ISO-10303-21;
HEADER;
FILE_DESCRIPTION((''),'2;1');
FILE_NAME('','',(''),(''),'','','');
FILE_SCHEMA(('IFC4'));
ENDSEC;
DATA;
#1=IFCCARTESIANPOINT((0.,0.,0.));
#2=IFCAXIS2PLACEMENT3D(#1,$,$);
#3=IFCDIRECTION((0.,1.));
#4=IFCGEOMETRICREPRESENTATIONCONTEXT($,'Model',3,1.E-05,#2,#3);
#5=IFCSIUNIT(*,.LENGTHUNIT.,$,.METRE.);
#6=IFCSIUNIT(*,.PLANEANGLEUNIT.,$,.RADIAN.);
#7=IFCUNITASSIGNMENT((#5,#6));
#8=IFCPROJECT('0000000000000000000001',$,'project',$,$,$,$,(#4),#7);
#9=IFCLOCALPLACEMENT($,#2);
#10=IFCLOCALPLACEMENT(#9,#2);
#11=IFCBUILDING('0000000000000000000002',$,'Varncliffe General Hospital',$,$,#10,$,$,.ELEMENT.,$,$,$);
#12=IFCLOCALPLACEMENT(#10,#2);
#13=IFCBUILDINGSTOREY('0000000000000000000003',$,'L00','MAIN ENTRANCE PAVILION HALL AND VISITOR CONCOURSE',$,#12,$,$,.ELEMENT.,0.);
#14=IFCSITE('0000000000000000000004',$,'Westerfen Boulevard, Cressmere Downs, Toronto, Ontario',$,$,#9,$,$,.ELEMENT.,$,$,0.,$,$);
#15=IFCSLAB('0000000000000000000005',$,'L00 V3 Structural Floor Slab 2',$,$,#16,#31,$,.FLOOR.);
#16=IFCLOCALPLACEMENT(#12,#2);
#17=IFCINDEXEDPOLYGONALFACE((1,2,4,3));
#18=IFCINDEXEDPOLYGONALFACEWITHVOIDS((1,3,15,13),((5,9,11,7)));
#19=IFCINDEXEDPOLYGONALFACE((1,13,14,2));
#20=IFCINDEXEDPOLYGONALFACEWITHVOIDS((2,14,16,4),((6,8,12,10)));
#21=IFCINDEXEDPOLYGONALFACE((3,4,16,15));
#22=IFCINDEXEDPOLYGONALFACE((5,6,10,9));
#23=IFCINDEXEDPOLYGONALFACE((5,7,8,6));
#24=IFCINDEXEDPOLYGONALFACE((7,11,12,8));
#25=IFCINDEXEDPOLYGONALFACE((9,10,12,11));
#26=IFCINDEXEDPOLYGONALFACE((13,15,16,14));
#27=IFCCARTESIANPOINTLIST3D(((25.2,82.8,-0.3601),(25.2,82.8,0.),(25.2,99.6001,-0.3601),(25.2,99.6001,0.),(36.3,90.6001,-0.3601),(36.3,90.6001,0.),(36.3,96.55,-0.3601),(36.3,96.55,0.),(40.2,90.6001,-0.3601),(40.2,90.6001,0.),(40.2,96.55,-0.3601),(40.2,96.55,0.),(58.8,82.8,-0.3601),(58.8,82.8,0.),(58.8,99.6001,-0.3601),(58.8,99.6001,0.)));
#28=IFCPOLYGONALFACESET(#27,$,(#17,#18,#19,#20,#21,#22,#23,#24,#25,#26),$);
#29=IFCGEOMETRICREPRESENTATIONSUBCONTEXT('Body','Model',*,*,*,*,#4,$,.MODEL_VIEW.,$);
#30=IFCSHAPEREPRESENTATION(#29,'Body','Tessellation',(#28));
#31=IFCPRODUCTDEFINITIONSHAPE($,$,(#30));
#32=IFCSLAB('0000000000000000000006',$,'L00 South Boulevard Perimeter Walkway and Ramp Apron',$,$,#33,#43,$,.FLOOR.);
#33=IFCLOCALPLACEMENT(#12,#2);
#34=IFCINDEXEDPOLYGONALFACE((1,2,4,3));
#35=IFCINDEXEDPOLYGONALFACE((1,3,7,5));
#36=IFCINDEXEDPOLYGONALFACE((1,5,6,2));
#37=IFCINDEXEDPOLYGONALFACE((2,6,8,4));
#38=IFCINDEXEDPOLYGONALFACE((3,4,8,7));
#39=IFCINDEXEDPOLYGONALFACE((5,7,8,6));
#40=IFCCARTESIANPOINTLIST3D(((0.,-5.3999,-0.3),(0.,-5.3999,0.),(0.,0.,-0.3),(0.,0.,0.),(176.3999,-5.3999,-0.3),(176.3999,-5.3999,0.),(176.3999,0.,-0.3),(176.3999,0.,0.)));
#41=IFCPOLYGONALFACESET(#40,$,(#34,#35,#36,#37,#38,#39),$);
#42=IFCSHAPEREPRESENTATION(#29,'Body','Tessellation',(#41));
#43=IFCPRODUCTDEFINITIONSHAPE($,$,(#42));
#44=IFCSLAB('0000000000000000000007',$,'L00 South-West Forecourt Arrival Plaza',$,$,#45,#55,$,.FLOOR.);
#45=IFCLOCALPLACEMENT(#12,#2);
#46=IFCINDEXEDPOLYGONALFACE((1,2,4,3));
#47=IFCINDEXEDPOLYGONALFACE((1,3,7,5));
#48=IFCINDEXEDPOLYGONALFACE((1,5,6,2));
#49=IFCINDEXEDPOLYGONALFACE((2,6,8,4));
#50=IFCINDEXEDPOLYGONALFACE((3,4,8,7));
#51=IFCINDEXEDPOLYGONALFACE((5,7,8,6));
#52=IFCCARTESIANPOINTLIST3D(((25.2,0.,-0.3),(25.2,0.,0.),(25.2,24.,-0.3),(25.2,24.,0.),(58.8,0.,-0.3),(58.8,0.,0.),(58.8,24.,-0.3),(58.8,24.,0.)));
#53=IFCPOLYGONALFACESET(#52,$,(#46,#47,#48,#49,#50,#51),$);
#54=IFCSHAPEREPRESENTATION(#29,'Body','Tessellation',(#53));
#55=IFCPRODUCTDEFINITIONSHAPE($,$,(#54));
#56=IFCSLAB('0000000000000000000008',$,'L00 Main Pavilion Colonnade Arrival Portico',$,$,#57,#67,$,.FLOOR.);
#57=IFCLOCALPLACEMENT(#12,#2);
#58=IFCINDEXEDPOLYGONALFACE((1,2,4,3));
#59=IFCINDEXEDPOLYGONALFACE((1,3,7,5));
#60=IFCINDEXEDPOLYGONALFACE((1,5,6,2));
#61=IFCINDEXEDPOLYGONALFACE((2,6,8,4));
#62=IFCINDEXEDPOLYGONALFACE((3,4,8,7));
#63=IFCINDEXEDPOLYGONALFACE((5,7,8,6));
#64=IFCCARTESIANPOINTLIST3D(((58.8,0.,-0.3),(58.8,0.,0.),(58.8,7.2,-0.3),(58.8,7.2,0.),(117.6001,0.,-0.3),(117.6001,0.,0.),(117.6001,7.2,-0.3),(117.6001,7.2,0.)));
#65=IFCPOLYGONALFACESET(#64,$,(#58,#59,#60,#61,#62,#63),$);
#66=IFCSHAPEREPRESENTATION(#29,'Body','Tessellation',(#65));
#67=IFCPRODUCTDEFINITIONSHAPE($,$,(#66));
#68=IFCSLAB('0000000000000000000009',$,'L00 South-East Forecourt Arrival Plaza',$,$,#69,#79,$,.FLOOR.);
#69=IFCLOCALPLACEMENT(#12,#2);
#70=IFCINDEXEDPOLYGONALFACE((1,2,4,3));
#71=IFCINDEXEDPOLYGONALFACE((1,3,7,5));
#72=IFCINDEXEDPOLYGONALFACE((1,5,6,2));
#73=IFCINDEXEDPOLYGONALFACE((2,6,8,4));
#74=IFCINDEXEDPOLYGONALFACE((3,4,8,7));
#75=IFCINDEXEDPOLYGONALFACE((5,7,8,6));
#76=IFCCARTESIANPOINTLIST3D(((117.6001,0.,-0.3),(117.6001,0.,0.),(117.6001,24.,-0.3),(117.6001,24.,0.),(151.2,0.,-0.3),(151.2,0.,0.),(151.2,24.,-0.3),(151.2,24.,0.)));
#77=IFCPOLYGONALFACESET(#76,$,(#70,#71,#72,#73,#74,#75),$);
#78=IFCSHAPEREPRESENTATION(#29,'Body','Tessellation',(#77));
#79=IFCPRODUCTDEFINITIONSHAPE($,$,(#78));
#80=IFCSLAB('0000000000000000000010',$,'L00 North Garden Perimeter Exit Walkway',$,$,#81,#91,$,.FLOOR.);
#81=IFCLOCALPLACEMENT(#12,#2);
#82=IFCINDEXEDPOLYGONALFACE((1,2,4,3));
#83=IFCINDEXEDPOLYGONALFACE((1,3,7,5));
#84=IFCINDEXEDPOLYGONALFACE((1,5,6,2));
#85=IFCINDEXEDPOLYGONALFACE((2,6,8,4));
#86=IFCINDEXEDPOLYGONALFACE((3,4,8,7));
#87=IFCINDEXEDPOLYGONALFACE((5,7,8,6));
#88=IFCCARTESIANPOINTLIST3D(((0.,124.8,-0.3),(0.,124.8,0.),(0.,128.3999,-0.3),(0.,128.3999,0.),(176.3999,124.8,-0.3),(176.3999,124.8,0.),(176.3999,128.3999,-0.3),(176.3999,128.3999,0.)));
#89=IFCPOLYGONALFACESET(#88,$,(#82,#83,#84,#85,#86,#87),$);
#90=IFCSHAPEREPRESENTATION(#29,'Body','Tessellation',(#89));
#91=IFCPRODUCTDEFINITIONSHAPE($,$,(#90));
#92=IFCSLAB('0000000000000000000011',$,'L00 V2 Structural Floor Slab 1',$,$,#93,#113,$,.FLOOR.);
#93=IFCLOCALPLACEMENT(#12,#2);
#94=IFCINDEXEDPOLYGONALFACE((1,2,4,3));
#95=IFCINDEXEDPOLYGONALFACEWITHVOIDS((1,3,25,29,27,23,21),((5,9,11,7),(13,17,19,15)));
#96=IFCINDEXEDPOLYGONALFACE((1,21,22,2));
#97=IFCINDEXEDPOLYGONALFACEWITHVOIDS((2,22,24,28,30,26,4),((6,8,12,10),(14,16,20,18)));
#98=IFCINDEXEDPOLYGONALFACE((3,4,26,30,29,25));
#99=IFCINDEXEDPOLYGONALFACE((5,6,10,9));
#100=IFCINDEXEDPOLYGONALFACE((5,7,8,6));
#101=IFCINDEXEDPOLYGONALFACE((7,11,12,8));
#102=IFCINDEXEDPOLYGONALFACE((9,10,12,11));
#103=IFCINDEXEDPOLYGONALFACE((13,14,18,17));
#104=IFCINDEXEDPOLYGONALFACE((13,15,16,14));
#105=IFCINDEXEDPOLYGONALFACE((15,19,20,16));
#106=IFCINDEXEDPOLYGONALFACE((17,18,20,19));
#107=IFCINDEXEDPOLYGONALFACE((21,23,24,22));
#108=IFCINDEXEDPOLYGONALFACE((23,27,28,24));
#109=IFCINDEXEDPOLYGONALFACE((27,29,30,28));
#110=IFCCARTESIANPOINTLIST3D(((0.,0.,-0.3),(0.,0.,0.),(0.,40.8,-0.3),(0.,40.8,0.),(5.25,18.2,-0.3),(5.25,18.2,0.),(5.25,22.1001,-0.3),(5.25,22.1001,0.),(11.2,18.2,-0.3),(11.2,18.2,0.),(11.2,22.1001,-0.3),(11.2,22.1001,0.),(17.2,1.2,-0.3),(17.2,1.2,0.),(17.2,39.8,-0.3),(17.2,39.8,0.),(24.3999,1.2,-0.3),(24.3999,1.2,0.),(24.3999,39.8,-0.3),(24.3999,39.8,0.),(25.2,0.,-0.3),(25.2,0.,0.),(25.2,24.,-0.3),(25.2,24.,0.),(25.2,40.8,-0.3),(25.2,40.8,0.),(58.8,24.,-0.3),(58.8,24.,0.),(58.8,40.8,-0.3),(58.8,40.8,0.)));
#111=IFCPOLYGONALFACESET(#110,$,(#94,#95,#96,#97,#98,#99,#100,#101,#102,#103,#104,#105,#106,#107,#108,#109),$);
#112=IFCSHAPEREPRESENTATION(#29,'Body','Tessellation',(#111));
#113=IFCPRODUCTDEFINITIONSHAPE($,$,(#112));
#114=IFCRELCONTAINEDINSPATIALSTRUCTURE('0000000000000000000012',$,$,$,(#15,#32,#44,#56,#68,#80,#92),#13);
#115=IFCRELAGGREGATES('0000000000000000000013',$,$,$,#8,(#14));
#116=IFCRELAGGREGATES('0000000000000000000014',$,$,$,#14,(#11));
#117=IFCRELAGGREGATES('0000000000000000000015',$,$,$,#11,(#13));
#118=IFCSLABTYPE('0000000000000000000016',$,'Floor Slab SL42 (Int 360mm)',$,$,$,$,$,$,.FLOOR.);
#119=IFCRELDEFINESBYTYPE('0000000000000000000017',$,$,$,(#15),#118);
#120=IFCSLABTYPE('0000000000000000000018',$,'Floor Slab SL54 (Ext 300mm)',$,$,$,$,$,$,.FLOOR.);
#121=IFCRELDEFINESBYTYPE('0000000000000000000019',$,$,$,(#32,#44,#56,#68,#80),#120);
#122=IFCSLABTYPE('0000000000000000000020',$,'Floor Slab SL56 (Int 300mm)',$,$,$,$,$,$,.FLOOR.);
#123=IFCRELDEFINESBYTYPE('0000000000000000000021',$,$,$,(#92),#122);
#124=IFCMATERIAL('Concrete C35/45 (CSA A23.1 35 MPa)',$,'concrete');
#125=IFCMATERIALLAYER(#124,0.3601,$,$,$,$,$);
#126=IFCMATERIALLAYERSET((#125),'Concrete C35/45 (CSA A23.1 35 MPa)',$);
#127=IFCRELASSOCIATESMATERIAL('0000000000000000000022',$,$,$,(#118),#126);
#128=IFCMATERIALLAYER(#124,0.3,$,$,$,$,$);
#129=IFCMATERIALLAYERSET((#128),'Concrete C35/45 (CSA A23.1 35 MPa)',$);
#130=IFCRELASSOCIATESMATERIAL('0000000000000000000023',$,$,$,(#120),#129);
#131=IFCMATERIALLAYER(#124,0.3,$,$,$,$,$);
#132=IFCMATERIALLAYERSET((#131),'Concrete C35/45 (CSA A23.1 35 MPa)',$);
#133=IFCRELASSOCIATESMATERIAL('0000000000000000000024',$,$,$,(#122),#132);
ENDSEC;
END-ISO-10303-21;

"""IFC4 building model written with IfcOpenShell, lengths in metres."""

from ifc_helpers import new_model, si_unit, direction, frame, origin, place, context, subcontext, project, spatial, polyline, outline, extrude, material, layer, layer_set, type_object, element, save


model = new_model("IFC4")

# Units and contexts
model_context = context("Model", 3, precision=1e-05, world=origin(), true_north=direction((0.0, 1.0)))
body_context = subcontext(model_context, "Body", "Model", "MODEL_VIEW")
ifc_project = project(units=[si_unit("LENGTHUNIT", "METRE"), si_unit("PLANEANGLEUNIT", "RADIAN")], contexts=[model_context])

# Site, building, storey
site_placement = place(None, origin())
site = spatial("IfcSite", under=ifc_project, at=site_placement, Name="Westerfen Boulevard, Cressmere Downs, Toronto, Ontario", CompositionType="ELEMENT", RefElevation=0.0)
building_placement = place(site_placement, origin())
building = spatial("IfcBuilding", under=site, at=building_placement, Name="Varncliffe General Hospital", CompositionType="ELEMENT")
storey_placement = place(building_placement, origin())
storey = spatial("IfcBuildingStorey", under=building, at=storey_placement, Name="L00", Description="MAIN ENTRANCE PAVILION HALL AND VISITOR CONCOURSE", CompositionType="ELEMENT", Elevation=0.0)

# Shared definitions
ifc_material_1 = material(Name="Concrete C35/45 (CSA A23.1 35 MPa)", Category="concrete")

# Slabs
ifc_layer_1 = layer(ifc_material_1, 0.3601)
ifc_layer_set_1 = layer_set([ifc_layer_1], Name="Concrete C35/45 (CSA A23.1 35 MPa)")
slab_type_1 = type_object("IfcSlabType", Name="Floor Slab SL42 (Int 360mm)", PredefinedType="FLOOR", material=ifc_layer_set_1)
slab_1_placement = place(storey_placement, frame((0.0, 0.0, -0.3601)))
element("IfcSlab", 1, at=slab_1_placement, inside=storey, type_object=slab_type_1, Name="L00 V3 Structural Floor Slab 2", PredefinedType="FLOOR", context=body_context, shape_type="SweptSolid", body=[
    extrude(outline(polyline([(25.2, 99.6001), (58.8, 99.6001), (58.8, 82.8), (25.2, 82.8), (25.2, 99.6001)]), holes=[polyline([(40.2, 90.6001), (40.2, 96.55), (36.3, 96.55), (36.3, 90.6001), (40.2, 90.6001)])]), origin(), (0.0, 0.0, 1.0), 0.3601),
])
ifc_layer_2 = layer(ifc_material_1, 0.3)
ifc_layer_set_2 = layer_set([ifc_layer_2], Name="Concrete C35/45 (CSA A23.1 35 MPa)")
slab_type_2 = type_object("IfcSlabType", Name="Floor Slab SL54 (Ext 300mm)", PredefinedType="FLOOR", material=ifc_layer_set_2)
slab_2_placement = place(storey_placement, frame((0.0, 0.0, -0.3)))
element("IfcSlab", 2, at=slab_2_placement, inside=storey, type_object=slab_type_2, Name="L00 South Boulevard Perimeter Walkway and Ramp Apron", PredefinedType="FLOOR", context=body_context, shape_type="SweptSolid", body=[
    extrude(outline(polyline([(0.0, -5.3999), (176.3999, -5.3999), (176.3999, 0.0), (0.0, 0.0), (0.0, -5.3999)])), origin(), (0.0, 0.0, 1.0), 0.3),
])
slab_3_placement = place(storey_placement, frame((0.0, 0.0, -0.3)))
element("IfcSlab", 3, at=slab_3_placement, inside=storey, type_object=slab_type_2, Name="L00 South-West Forecourt Arrival Plaza", PredefinedType="FLOOR", context=body_context, shape_type="SweptSolid", body=[
    extrude(outline(polyline([(25.2, 0.0), (58.8, 0.0), (58.8, 24.0), (25.2, 24.0), (25.2, 0.0)])), origin(), (0.0, 0.0, 1.0), 0.3),
])
slab_4_placement = place(storey_placement, frame((0.0, 0.0, -0.3)))
element("IfcSlab", 4, at=slab_4_placement, inside=storey, type_object=slab_type_2, Name="L00 Main Pavilion Colonnade Arrival Portico", PredefinedType="FLOOR", context=body_context, shape_type="SweptSolid", body=[
    extrude(outline(polyline([(58.8, 0.0), (117.6001, 0.0), (117.6001, 7.2), (58.8, 7.2), (58.8, 0.0)])), origin(), (0.0, 0.0, 1.0), 0.3),
])
slab_5_placement = place(storey_placement, frame((0.0, 0.0, -0.3)))
element("IfcSlab", 5, at=slab_5_placement, inside=storey, type_object=slab_type_2, Name="L00 South-East Forecourt Arrival Plaza", PredefinedType="FLOOR", context=body_context, shape_type="SweptSolid", body=[
    extrude(outline(polyline([(117.6001, 0.0), (151.2, 0.0), (151.2, 24.0), (117.6001, 24.0), (117.6001, 0.0)])), origin(), (0.0, 0.0, 1.0), 0.3),
])
slab_6_placement = place(storey_placement, frame((0.0, 0.0, -0.3)))
element("IfcSlab", 6, at=slab_6_placement, inside=storey, type_object=slab_type_2, Name="L00 North Garden Perimeter Exit Walkway", PredefinedType="FLOOR", context=body_context, shape_type="SweptSolid", body=[
    extrude(outline(polyline([(0.0, 124.8), (176.3999, 124.8), (176.3999, 128.3999), (0.0, 128.3999), (0.0, 124.8)])), origin(), (0.0, 0.0, 1.0), 0.3),
])
ifc_layer_3 = layer(ifc_material_1, 0.3)
ifc_layer_set_3 = layer_set([ifc_layer_3], Name="Concrete C35/45 (CSA A23.1 35 MPa)")
slab_type_3 = type_object("IfcSlabType", Name="Floor Slab SL56 (Int 300mm)", PredefinedType="FLOOR", material=ifc_layer_set_3)
slab_7_placement = place(storey_placement, frame((0.0, 0.0, -0.3)))
element("IfcSlab", 7, at=slab_7_placement, inside=storey, type_object=slab_type_3, Name="L00 V2 Structural Floor Slab 1", PredefinedType="FLOOR", context=body_context, shape_type="SweptSolid", body=[
    extrude(outline(polyline([(25.2, 0.0), (0.0, 0.0), (0.0, 40.8), (25.2, 40.8), (58.8, 40.8), (58.8, 24.0), (25.2, 24.0), (25.2, 0.0)]), holes=[polyline([(11.2, 22.1001), (5.25, 22.1001), (5.25, 18.2), (11.2, 18.2), (11.2, 22.1001)]), polyline([(17.2, 1.2), (24.3999, 1.2), (24.3999, 39.8), (17.2, 39.8), (17.2, 1.2)])]), origin(), (0.0, 0.0, 1.0), 0.3),
])

save(model, "model.ifc")
